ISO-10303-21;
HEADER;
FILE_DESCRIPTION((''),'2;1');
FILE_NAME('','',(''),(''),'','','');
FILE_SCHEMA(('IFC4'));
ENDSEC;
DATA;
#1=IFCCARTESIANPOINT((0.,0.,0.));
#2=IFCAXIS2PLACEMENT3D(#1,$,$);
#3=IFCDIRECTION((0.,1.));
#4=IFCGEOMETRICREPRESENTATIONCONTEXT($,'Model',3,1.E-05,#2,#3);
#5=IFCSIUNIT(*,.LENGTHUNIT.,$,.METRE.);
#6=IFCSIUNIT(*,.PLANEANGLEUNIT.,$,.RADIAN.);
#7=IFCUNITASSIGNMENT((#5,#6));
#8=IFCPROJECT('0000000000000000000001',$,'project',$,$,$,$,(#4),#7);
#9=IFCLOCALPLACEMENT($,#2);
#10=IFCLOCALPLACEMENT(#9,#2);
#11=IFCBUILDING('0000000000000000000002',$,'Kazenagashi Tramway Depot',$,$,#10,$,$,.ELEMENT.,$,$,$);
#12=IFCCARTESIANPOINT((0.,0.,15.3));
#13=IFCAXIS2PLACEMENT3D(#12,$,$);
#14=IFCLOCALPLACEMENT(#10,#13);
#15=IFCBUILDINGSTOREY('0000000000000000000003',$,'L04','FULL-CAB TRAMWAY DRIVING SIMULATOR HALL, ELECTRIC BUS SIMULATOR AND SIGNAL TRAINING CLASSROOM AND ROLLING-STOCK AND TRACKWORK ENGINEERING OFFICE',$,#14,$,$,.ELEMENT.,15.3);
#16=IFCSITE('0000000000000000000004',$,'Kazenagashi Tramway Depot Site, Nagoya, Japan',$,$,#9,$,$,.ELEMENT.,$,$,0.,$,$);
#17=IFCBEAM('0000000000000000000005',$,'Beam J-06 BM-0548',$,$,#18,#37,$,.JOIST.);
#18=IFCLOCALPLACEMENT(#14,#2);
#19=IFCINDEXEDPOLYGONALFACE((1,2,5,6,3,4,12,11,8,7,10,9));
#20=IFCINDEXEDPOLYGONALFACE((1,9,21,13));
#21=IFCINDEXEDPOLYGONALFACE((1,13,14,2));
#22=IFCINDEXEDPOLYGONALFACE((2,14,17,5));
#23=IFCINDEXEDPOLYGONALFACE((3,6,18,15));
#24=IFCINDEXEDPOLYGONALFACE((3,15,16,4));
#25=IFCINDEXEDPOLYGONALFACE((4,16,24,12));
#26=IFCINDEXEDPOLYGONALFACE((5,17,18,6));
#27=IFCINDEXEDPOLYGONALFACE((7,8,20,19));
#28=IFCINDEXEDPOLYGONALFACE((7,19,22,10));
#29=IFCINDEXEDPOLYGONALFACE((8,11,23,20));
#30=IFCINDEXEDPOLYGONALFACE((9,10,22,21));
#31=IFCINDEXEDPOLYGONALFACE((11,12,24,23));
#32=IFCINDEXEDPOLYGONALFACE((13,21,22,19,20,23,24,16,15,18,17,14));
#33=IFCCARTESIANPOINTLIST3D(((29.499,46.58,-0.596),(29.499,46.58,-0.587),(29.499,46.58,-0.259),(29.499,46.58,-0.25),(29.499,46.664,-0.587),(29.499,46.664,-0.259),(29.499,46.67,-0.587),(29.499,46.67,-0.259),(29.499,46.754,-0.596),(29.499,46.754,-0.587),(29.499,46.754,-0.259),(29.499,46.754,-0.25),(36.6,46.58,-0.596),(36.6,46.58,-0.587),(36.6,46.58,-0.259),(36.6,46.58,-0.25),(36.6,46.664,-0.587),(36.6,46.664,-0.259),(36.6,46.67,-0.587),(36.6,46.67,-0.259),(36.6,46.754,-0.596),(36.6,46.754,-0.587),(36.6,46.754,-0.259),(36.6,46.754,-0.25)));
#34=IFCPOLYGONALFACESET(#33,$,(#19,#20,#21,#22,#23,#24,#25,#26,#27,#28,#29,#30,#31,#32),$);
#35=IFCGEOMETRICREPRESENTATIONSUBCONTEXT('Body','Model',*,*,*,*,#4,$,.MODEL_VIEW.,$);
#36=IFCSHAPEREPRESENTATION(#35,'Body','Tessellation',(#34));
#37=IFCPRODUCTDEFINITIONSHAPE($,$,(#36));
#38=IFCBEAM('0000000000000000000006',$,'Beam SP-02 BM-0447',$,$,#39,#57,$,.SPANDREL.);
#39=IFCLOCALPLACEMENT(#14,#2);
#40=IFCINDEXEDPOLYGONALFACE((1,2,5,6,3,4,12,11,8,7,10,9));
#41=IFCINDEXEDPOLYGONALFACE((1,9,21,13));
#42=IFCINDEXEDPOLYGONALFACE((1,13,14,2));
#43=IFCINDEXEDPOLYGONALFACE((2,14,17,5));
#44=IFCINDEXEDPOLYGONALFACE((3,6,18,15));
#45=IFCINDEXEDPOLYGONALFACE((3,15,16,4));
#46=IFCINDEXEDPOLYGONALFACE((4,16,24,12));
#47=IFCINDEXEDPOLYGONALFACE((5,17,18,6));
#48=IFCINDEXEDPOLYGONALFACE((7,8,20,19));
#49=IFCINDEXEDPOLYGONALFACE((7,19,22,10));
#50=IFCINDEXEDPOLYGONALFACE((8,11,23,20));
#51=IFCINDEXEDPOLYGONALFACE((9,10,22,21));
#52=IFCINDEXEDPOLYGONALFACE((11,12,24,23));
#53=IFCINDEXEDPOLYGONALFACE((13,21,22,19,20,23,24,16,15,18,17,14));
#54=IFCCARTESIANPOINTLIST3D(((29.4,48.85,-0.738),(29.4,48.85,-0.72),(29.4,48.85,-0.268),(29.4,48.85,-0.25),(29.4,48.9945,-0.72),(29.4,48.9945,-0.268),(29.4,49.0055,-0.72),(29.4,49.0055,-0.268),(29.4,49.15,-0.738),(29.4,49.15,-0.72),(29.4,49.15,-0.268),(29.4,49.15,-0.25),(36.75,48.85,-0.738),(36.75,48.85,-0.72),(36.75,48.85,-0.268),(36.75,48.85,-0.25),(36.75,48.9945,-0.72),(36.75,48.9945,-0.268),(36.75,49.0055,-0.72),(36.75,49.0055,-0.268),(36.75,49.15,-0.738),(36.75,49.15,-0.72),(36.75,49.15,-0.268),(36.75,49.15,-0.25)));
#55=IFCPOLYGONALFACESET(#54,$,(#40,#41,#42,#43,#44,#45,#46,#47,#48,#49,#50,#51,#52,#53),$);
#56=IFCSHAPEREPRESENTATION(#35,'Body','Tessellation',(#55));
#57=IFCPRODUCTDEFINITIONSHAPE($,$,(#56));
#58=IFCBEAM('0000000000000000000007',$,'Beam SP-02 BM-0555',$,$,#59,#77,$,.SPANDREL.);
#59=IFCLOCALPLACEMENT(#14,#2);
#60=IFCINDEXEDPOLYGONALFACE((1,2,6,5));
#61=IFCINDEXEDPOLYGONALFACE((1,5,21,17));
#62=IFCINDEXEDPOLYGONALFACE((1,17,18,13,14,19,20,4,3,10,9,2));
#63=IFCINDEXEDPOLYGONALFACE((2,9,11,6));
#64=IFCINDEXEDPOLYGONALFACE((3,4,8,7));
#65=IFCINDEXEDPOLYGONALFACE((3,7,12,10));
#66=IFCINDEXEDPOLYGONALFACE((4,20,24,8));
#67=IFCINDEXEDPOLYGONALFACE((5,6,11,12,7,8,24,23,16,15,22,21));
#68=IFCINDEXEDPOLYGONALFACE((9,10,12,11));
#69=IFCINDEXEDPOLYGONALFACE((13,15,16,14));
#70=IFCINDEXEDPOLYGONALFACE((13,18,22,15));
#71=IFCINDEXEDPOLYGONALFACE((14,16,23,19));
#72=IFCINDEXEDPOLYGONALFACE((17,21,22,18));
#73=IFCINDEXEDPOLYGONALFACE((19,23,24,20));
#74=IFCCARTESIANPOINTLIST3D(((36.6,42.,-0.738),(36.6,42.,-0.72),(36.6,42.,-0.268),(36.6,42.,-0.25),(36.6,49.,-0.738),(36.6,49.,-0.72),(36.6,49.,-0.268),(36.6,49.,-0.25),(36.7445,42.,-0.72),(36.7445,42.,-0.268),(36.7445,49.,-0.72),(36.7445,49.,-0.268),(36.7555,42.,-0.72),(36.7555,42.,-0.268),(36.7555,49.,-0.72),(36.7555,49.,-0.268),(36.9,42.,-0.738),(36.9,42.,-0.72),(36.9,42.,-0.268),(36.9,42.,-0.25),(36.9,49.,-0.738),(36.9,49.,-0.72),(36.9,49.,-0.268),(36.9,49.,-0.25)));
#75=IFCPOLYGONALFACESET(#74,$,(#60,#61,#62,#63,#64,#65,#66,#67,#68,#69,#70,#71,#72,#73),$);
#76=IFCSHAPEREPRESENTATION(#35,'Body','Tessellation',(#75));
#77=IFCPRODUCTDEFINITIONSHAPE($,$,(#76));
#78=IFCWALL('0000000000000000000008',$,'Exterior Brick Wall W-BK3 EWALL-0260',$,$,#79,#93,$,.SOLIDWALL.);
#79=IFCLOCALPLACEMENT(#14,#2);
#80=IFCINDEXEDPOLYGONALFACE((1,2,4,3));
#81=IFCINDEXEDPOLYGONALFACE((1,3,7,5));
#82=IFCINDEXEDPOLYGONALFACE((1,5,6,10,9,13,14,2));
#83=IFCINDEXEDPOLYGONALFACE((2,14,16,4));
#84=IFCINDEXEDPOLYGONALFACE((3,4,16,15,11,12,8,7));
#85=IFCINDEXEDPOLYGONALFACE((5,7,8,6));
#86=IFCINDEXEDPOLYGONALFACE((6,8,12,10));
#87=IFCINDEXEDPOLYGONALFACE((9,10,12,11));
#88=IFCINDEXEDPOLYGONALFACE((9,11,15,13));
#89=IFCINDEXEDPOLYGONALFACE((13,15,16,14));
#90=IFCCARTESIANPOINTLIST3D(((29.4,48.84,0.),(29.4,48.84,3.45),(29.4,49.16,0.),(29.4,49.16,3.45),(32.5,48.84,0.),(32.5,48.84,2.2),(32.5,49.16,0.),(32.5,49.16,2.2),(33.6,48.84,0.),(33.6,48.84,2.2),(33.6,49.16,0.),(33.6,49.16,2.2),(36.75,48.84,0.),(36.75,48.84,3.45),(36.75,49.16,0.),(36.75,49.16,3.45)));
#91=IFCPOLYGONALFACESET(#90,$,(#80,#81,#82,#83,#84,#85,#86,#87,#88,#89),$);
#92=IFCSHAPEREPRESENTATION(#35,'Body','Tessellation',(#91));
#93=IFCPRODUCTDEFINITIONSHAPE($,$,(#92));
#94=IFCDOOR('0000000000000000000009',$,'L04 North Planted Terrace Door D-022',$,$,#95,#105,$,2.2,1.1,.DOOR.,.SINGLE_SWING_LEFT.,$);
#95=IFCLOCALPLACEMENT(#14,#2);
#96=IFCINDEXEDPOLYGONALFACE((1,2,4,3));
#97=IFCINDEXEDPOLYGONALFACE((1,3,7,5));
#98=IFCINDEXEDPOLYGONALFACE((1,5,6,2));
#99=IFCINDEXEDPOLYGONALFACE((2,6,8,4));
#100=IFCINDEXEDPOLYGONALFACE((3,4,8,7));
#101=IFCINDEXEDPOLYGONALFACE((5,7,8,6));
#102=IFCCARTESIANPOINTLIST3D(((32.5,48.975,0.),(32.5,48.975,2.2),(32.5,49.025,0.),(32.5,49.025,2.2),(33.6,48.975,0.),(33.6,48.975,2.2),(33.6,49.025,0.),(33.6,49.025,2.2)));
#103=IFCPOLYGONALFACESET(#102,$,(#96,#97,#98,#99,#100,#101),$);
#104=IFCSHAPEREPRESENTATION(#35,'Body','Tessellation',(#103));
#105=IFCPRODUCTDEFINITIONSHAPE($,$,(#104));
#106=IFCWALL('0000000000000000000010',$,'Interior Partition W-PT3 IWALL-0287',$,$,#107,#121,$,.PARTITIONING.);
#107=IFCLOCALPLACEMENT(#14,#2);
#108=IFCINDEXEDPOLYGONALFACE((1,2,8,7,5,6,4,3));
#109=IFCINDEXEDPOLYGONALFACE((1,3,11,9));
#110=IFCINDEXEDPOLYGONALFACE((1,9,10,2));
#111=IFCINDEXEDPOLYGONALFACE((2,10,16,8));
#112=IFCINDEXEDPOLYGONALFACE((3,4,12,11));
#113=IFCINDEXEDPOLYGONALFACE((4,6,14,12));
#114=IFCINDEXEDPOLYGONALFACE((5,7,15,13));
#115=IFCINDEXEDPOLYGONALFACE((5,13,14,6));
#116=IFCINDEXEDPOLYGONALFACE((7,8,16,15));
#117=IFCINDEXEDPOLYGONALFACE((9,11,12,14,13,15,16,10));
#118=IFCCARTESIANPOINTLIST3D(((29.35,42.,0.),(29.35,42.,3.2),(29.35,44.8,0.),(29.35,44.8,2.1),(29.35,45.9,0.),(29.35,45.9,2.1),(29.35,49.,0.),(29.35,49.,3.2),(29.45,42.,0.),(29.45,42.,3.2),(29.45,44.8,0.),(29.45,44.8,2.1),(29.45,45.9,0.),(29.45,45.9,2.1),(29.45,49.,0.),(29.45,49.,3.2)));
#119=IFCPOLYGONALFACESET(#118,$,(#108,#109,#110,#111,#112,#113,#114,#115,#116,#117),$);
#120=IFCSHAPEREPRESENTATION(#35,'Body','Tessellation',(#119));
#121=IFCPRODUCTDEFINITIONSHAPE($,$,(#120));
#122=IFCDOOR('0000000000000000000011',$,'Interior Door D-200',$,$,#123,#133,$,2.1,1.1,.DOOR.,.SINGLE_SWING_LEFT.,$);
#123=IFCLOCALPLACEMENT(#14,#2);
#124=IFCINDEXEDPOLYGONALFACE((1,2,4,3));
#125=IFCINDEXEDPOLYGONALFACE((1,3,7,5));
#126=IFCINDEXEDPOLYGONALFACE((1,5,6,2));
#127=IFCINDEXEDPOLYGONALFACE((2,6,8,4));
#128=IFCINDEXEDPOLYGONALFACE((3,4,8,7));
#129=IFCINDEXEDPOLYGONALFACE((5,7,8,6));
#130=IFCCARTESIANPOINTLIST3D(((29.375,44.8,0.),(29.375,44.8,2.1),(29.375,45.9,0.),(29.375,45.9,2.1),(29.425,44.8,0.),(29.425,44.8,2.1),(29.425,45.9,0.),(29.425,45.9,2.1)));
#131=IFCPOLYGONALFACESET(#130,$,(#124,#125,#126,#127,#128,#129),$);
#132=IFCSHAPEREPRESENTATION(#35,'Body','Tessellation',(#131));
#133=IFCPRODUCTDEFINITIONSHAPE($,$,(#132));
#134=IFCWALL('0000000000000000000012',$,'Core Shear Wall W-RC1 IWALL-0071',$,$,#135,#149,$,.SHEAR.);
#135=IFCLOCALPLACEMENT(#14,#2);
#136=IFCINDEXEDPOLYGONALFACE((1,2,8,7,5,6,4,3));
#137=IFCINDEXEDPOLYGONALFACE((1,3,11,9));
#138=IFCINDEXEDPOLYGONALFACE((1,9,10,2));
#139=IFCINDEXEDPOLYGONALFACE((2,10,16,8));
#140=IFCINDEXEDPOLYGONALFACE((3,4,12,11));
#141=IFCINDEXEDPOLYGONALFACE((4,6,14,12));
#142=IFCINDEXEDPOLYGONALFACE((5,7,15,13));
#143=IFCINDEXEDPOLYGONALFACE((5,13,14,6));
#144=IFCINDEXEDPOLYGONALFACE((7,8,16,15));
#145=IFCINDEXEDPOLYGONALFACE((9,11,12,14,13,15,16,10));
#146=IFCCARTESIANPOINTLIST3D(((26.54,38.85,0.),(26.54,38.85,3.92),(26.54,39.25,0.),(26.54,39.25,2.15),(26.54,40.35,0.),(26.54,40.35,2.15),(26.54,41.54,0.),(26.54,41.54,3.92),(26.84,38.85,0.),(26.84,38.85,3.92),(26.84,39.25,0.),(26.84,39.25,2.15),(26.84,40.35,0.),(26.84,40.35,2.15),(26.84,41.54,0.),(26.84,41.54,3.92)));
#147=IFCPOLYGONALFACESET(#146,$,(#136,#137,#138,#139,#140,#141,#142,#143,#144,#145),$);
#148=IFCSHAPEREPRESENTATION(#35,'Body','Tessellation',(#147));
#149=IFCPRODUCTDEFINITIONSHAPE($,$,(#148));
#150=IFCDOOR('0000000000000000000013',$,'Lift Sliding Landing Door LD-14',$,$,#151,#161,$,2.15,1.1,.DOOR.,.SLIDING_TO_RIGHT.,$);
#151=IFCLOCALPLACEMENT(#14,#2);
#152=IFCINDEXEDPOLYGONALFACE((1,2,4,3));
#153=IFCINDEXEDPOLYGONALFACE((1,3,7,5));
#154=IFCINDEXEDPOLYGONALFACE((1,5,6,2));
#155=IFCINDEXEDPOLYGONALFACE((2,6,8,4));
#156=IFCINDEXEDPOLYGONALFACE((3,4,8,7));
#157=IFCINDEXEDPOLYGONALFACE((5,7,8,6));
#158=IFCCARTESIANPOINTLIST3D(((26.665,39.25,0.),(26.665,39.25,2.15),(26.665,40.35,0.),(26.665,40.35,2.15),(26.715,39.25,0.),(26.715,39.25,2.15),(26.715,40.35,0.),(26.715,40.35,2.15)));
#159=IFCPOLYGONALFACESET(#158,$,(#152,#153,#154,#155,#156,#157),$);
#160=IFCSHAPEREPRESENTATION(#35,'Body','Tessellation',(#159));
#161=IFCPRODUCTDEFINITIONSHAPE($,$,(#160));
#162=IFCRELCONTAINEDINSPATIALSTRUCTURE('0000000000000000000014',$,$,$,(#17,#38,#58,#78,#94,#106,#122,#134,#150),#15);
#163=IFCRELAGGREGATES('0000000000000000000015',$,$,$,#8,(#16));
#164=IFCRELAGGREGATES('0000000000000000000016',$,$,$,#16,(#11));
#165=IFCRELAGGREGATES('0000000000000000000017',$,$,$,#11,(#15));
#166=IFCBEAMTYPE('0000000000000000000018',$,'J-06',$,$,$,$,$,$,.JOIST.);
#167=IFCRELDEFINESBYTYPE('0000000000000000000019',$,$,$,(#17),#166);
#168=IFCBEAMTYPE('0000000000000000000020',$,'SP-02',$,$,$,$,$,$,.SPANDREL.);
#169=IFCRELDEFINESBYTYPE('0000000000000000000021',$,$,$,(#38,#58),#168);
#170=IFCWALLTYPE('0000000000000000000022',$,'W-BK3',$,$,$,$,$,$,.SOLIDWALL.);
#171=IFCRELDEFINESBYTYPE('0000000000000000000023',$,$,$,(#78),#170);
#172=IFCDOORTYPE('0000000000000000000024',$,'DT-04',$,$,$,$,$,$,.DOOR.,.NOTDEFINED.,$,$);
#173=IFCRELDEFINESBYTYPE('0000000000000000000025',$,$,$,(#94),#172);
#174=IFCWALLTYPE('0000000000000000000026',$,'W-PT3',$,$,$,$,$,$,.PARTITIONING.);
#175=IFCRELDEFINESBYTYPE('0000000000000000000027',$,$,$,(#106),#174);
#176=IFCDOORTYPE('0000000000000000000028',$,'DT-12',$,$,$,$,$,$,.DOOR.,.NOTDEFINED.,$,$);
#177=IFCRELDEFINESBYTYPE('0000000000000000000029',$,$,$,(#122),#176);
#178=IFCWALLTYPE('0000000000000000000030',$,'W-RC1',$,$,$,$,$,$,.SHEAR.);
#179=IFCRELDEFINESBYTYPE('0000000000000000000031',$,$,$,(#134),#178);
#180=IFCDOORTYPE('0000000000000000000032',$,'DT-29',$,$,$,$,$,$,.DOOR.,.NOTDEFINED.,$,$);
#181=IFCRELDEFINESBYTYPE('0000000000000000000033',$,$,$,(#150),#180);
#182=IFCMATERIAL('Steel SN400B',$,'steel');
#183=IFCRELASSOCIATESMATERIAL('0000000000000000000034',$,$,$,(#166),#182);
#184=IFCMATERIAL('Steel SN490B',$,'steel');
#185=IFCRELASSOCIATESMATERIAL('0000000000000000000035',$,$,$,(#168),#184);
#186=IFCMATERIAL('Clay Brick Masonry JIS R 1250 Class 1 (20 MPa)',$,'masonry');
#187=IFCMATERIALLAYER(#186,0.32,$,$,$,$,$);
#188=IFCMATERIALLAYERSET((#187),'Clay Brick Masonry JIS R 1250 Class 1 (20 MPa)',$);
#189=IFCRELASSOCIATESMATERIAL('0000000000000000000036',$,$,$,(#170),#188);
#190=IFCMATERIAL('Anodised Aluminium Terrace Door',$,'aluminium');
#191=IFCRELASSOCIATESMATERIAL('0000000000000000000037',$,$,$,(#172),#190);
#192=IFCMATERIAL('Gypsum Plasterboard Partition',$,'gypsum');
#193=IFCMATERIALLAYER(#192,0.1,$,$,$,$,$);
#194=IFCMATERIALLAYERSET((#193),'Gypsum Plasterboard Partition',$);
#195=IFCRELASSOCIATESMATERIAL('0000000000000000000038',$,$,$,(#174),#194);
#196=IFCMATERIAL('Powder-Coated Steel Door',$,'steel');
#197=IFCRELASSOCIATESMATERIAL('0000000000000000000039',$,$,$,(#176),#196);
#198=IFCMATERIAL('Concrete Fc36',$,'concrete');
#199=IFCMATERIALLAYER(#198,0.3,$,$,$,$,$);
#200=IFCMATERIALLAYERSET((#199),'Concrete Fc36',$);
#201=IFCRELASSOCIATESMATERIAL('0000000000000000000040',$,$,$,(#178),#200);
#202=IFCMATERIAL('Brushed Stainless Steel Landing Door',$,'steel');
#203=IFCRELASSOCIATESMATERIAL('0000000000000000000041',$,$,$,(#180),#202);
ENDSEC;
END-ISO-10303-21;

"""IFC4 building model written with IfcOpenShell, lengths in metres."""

from ifc_helpers import new_model, si_unit, direction, frame, frame_2d, origin, origin_2d, place, context, subcontext, project, spatial, rectangle, i_section, extrude, material, layer, layer_set, material_profile, profile_set, type_object, element, fill, save


model = new_model("IFC4")

# Units and contexts
model_context = context("Model", 3, precision=1e-05, world=origin(), true_north=direction((0.0, 1.0)))
body_context = subcontext(model_context, "Body", "Model", "MODEL_VIEW")
ifc_project = project(units=[si_unit("LENGTHUNIT", "METRE"), si_unit("PLANEANGLEUNIT", "RADIAN")], contexts=[model_context])

# Site, building, storey
site_placement = place(None, origin())
site = spatial("IfcSite", under=ifc_project, at=site_placement, Name="Kazenagashi Tramway Depot Site, Nagoya, Japan", CompositionType="ELEMENT", RefElevation=0.0)
building_placement = place(site_placement, origin())
building = spatial("IfcBuilding", under=site, at=building_placement, Name="Kazenagashi Tramway Depot", CompositionType="ELEMENT")
storey_placement = place(building_placement, frame((0.0, 0.0, 15.3)))
storey = spatial("IfcBuildingStorey", under=building, at=storey_placement, Name="L04", Description="FULL-CAB TRAMWAY DRIVING SIMULATOR HALL, ELECTRIC BUS SIMULATOR AND SIGNAL TRAINING CLASSROOM AND ROLLING-STOCK AND TRACKWORK ENGINEERING OFFICE", CompositionType="ELEMENT", Elevation=15.3)

# Shared definitions
ifc_material_1 = material(Name="Steel SN490B", Category="steel")

# Beams
ifc_material_2 = material(Name="Steel SN400B", Category="steel")
ifc_material_profile_1 = material_profile(ifc_material_2, i_section(OverallWidth=0.174, OverallDepth=0.346, WebThickness=0.006, FlangeThickness=0.009, at=origin_2d()), Name="H-346x174x6x9")
ifc_profile_set_1 = profile_set([ifc_material_profile_1], Name="Steel SN400B")
beam_type_1 = type_object("IfcBeamType", Name="J-06", PredefinedType="JOIST", material=ifc_profile_set_1)
for number, where, z_axis, x_axis, name in (
    (1, (29.499, 46.667, -0.423), (1.0, 0.0, 0.0), (0.0, 1.0, 0.0), "Beam J-06 BM-0548"),
):
    element("IfcBeam", number, at=place(storey_placement, frame(where, z_axis=z_axis, x_axis=x_axis)), inside=storey, type_object=beam_type_1, Name=name, PredefinedType="JOIST", context=body_context, shape_type="SweptSolid", body=[
        extrude(i_section(OverallWidth=0.174, OverallDepth=0.346, WebThickness=0.006, FlangeThickness=0.009, at=origin_2d()), origin(), (0.0, 0.0, 1.0), 7.101),
    ])
ifc_material_profile_2 = material_profile(ifc_material_1, i_section(OverallWidth=0.3, OverallDepth=0.488, WebThickness=0.011, FlangeThickness=0.018, at=origin_2d()), Name="H-488x300x11x18")
ifc_profile_set_2 = profile_set([ifc_material_profile_2], Name="Steel SN490B")
beam_type_2 = type_object("IfcBeamType", Name="SP-02", PredefinedType="SPANDREL", material=ifc_profile_set_2)
beam_1_placement = place(storey_placement, frame((29.4, 49.0, -0.494), z_axis=(1.0, 0.0, 0.0), x_axis=(0.0, 1.0, 0.0)))
element("IfcBeam", 2, at=beam_1_placement, inside=storey, type_object=beam_type_2, Name="Beam SP-02 BM-0447", PredefinedType="SPANDREL", context=body_context, shape_type="SweptSolid", body=[
    extrude(i_section(OverallWidth=0.3, OverallDepth=0.488, WebThickness=0.011, FlangeThickness=0.018, at=origin_2d()), origin(), (0.0, 0.0, 1.0), 7.35),
])
beam_2_placement = place(storey_placement, frame((36.75, 42.0, -0.494), z_axis=(0.0, 1.0, 0.0), x_axis=(-1.0, 0.0, 0.0)))
element("IfcBeam", 3, at=beam_2_placement, inside=storey, type_object=beam_type_2, Name="Beam SP-02 BM-0555", PredefinedType="SPANDREL", context=body_context, shape_type="SweptSolid", body=[
    extrude(i_section(OverallWidth=0.3, OverallDepth=0.488, WebThickness=0.011, FlangeThickness=0.018, at=origin_2d()), origin(), (0.0, 0.0, 1.0), 7.0),
])

# Walls, openings, doors
ifc_material_3 = material(Name="Clay Brick Masonry JIS R 1250 Class 1 (20 MPa)", Category="masonry")
ifc_layer_1 = layer(ifc_material_3, 0.32)
ifc_layer_set_1 = layer_set([ifc_layer_1], Name="Clay Brick Masonry JIS R 1250 Class 1 (20 MPa)")
wall_type_1 = type_object("IfcWallType", Name="W-BK3", PredefinedType="SOLIDWALL", material=ifc_layer_set_1)
wall_1_placement = place(storey_placement, frame((29.4, 49.0, 0.0), z_axis=(0.0, 0.0, 1.0), x_axis=(1.0, 0.0, 0.0)))
wall_1 = element("IfcWall", 4, at=wall_1_placement, inside=storey, type_object=wall_type_1, Name="Exterior Brick Wall W-BK3 EWALL-0260", PredefinedType="SOLIDWALL", context=body_context, shape_type="SweptSolid", body=[
    extrude(rectangle(XDim=7.35, YDim=0.32, at=frame_2d((3.675, 0.0))), origin(), (0.0, 0.0, 1.0), 3.45),
])
opening_1_placement = place(wall_1_placement, frame((3.1, 0.0, 0.0)))
opening_1 = element("IfcOpeningElement", 5, at=opening_1_placement, cuts=wall_1, PredefinedType="OPENING", context=body_context, shape_type="SweptSolid", body=[
    extrude(rectangle(XDim=1.1, YDim=2.2, at=frame_2d((0.55, 1.1))), frame((0.0, 0.17, 0.0), z_axis=(0.0, -1.0, 0.0), x_axis=(1.0, 0.0, 0.0)), (0.0, 0.0, 1.0), 0.34),
])
ifc_material_4 = material(Name="Anodised Aluminium Terrace Door", Category="aluminium")
door_type_1 = type_object("IfcDoorType", Name="DT-04", OperationType="NOTDEFINED", PredefinedType="DOOR", material=ifc_material_4)
door_1_placement = place(opening_1_placement, origin())
door_1 = element("IfcDoor", 6, at=door_1_placement, inside=storey, type_object=door_type_1, Name="L04 North Planted Terrace Door D-022", OperationType="SINGLE_SWING_LEFT", OverallHeight=2.2, OverallWidth=1.1, PredefinedType="DOOR", context=body_context, shape_type="SweptSolid", body=[
    extrude(rectangle(XDim=1.1, YDim=2.2, at=frame_2d((0.55, 1.1))), frame((0.0, 0.025, 0.0), z_axis=(0.0, -1.0, 0.0), x_axis=(1.0, 0.0, 0.0)), (0.0, 0.0, 1.0), 0.05),
])
fill(opening_1, door_1)
ifc_material_5 = material(Name="Gypsum Plasterboard Partition", Category="gypsum")
ifc_layer_2 = layer(ifc_material_5, 0.1)
ifc_layer_set_2 = layer_set([ifc_layer_2], Name="Gypsum Plasterboard Partition")
wall_type_2 = type_object("IfcWallType", Name="W-PT3", PredefinedType="PARTITIONING", material=ifc_layer_set_2)
wall_2_placement = place(storey_placement, frame((29.4, 42.0, 0.0), z_axis=(0.0, 0.0, 1.0), x_axis=(0.0, 1.0, 0.0)))
wall_2 = element("IfcWall", 7, at=wall_2_placement, inside=storey, type_object=wall_type_2, Name="Interior Partition W-PT3 IWALL-0287", PredefinedType="PARTITIONING", context=body_context, shape_type="SweptSolid", body=[
    extrude(rectangle(XDim=7.0, YDim=0.1, at=frame_2d((3.5, 0.0))), origin(), (0.0, 0.0, 1.0), 3.2),
])
opening_2_placement = place(wall_2_placement, frame((2.8, 0.0, 0.0)))
opening_2 = element("IfcOpeningElement", 8, at=opening_2_placement, cuts=wall_2, PredefinedType="OPENING", context=body_context, shape_type="SweptSolid", body=[
    extrude(rectangle(XDim=1.1, YDim=2.1, at=frame_2d((0.55, 1.05))), frame((0.0, 0.06, 0.0), z_axis=(0.0, -1.0, 0.0), x_axis=(1.0, 0.0, 0.0)), (0.0, 0.0, 1.0), 0.12),
])
ifc_material_6 = material(Name="Powder-Coated Steel Door", Category="steel")
door_type_2 = type_object("IfcDoorType", Name="DT-12", OperationType="NOTDEFINED", PredefinedType="DOOR", material=ifc_material_6)
door_2_placement = place(opening_2_placement, origin())
door_2 = element("IfcDoor", 9, at=door_2_placement, inside=storey, type_object=door_type_2, Name="Interior Door D-200", OperationType="SINGLE_SWING_LEFT", OverallHeight=2.1, OverallWidth=1.1, PredefinedType="DOOR", context=body_context, shape_type="SweptSolid", body=[
    extrude(rectangle(XDim=1.1, YDim=2.1, at=frame_2d((0.55, 1.05))), frame((0.0, 0.025, 0.0), z_axis=(0.0, -1.0, 0.0), x_axis=(1.0, 0.0, 0.0)), (0.0, 0.0, 1.0), 0.05),
])
fill(opening_2, door_2)
ifc_material_7 = material(Name="Concrete Fc36", Category="concrete")
ifc_layer_3 = layer(ifc_material_7, 0.3)
ifc_layer_set_3 = layer_set([ifc_layer_3], Name="Concrete Fc36")
wall_type_3 = type_object("IfcWallType", Name="W-RC1", PredefinedType="SHEAR", material=ifc_layer_set_3)
wall_3_placement = place(storey_placement, frame((26.69, 38.85, 0.0), z_axis=(0.0, 0.0, 1.0), x_axis=(0.0, 1.0, 0.0)))
wall_3 = element("IfcWall", 10, at=wall_3_placement, inside=storey, type_object=wall_type_3, Name="Core Shear Wall W-RC1 IWALL-0071", PredefinedType="SHEAR", context=body_context, shape_type="SweptSolid", body=[
    extrude(rectangle(XDim=2.69, YDim=0.3, at=frame_2d((1.345, 0.0))), origin(), (0.0, 0.0, 1.0), 3.92),
])
opening_3_placement = place(wall_3_placement, frame((0.4, 0.0, 0.0)))
opening_3 = element("IfcOpeningElement", 11, at=opening_3_placement, cuts=wall_3, PredefinedType="OPENING", context=body_context, shape_type="SweptSolid", body=[
    extrude(rectangle(XDim=1.1, YDim=2.15, at=frame_2d((0.55, 1.075))), frame((0.0, 0.16, 0.0), z_axis=(0.0, -1.0, 0.0), x_axis=(1.0, 0.0, 0.0)), (0.0, 0.0, 1.0), 0.32),
])
ifc_material_8 = material(Name="Brushed Stainless Steel Landing Door", Category="steel")
door_type_3 = type_object("IfcDoorType", Name="DT-29", OperationType="NOTDEFINED", PredefinedType="DOOR", material=ifc_material_8)
door_3_placement = place(opening_3_placement, origin())
door_3 = element("IfcDoor", 12, at=door_3_placement, inside=storey, type_object=door_type_3, Name="Lift Sliding Landing Door LD-14", OperationType="SLIDING_TO_RIGHT", OverallHeight=2.15, OverallWidth=1.1, PredefinedType="DOOR", context=body_context, shape_type="SweptSolid", body=[
    extrude(rectangle(XDim=1.1, YDim=2.15, at=frame_2d((0.55, 1.075))), frame((0.0, 0.025, 0.0), z_axis=(0.0, -1.0, 0.0), x_axis=(1.0, 0.0, 0.0)), (0.0, 0.0, 1.0), 0.05),
])
fill(opening_3, door_3)

save(model, "model.ifc")
